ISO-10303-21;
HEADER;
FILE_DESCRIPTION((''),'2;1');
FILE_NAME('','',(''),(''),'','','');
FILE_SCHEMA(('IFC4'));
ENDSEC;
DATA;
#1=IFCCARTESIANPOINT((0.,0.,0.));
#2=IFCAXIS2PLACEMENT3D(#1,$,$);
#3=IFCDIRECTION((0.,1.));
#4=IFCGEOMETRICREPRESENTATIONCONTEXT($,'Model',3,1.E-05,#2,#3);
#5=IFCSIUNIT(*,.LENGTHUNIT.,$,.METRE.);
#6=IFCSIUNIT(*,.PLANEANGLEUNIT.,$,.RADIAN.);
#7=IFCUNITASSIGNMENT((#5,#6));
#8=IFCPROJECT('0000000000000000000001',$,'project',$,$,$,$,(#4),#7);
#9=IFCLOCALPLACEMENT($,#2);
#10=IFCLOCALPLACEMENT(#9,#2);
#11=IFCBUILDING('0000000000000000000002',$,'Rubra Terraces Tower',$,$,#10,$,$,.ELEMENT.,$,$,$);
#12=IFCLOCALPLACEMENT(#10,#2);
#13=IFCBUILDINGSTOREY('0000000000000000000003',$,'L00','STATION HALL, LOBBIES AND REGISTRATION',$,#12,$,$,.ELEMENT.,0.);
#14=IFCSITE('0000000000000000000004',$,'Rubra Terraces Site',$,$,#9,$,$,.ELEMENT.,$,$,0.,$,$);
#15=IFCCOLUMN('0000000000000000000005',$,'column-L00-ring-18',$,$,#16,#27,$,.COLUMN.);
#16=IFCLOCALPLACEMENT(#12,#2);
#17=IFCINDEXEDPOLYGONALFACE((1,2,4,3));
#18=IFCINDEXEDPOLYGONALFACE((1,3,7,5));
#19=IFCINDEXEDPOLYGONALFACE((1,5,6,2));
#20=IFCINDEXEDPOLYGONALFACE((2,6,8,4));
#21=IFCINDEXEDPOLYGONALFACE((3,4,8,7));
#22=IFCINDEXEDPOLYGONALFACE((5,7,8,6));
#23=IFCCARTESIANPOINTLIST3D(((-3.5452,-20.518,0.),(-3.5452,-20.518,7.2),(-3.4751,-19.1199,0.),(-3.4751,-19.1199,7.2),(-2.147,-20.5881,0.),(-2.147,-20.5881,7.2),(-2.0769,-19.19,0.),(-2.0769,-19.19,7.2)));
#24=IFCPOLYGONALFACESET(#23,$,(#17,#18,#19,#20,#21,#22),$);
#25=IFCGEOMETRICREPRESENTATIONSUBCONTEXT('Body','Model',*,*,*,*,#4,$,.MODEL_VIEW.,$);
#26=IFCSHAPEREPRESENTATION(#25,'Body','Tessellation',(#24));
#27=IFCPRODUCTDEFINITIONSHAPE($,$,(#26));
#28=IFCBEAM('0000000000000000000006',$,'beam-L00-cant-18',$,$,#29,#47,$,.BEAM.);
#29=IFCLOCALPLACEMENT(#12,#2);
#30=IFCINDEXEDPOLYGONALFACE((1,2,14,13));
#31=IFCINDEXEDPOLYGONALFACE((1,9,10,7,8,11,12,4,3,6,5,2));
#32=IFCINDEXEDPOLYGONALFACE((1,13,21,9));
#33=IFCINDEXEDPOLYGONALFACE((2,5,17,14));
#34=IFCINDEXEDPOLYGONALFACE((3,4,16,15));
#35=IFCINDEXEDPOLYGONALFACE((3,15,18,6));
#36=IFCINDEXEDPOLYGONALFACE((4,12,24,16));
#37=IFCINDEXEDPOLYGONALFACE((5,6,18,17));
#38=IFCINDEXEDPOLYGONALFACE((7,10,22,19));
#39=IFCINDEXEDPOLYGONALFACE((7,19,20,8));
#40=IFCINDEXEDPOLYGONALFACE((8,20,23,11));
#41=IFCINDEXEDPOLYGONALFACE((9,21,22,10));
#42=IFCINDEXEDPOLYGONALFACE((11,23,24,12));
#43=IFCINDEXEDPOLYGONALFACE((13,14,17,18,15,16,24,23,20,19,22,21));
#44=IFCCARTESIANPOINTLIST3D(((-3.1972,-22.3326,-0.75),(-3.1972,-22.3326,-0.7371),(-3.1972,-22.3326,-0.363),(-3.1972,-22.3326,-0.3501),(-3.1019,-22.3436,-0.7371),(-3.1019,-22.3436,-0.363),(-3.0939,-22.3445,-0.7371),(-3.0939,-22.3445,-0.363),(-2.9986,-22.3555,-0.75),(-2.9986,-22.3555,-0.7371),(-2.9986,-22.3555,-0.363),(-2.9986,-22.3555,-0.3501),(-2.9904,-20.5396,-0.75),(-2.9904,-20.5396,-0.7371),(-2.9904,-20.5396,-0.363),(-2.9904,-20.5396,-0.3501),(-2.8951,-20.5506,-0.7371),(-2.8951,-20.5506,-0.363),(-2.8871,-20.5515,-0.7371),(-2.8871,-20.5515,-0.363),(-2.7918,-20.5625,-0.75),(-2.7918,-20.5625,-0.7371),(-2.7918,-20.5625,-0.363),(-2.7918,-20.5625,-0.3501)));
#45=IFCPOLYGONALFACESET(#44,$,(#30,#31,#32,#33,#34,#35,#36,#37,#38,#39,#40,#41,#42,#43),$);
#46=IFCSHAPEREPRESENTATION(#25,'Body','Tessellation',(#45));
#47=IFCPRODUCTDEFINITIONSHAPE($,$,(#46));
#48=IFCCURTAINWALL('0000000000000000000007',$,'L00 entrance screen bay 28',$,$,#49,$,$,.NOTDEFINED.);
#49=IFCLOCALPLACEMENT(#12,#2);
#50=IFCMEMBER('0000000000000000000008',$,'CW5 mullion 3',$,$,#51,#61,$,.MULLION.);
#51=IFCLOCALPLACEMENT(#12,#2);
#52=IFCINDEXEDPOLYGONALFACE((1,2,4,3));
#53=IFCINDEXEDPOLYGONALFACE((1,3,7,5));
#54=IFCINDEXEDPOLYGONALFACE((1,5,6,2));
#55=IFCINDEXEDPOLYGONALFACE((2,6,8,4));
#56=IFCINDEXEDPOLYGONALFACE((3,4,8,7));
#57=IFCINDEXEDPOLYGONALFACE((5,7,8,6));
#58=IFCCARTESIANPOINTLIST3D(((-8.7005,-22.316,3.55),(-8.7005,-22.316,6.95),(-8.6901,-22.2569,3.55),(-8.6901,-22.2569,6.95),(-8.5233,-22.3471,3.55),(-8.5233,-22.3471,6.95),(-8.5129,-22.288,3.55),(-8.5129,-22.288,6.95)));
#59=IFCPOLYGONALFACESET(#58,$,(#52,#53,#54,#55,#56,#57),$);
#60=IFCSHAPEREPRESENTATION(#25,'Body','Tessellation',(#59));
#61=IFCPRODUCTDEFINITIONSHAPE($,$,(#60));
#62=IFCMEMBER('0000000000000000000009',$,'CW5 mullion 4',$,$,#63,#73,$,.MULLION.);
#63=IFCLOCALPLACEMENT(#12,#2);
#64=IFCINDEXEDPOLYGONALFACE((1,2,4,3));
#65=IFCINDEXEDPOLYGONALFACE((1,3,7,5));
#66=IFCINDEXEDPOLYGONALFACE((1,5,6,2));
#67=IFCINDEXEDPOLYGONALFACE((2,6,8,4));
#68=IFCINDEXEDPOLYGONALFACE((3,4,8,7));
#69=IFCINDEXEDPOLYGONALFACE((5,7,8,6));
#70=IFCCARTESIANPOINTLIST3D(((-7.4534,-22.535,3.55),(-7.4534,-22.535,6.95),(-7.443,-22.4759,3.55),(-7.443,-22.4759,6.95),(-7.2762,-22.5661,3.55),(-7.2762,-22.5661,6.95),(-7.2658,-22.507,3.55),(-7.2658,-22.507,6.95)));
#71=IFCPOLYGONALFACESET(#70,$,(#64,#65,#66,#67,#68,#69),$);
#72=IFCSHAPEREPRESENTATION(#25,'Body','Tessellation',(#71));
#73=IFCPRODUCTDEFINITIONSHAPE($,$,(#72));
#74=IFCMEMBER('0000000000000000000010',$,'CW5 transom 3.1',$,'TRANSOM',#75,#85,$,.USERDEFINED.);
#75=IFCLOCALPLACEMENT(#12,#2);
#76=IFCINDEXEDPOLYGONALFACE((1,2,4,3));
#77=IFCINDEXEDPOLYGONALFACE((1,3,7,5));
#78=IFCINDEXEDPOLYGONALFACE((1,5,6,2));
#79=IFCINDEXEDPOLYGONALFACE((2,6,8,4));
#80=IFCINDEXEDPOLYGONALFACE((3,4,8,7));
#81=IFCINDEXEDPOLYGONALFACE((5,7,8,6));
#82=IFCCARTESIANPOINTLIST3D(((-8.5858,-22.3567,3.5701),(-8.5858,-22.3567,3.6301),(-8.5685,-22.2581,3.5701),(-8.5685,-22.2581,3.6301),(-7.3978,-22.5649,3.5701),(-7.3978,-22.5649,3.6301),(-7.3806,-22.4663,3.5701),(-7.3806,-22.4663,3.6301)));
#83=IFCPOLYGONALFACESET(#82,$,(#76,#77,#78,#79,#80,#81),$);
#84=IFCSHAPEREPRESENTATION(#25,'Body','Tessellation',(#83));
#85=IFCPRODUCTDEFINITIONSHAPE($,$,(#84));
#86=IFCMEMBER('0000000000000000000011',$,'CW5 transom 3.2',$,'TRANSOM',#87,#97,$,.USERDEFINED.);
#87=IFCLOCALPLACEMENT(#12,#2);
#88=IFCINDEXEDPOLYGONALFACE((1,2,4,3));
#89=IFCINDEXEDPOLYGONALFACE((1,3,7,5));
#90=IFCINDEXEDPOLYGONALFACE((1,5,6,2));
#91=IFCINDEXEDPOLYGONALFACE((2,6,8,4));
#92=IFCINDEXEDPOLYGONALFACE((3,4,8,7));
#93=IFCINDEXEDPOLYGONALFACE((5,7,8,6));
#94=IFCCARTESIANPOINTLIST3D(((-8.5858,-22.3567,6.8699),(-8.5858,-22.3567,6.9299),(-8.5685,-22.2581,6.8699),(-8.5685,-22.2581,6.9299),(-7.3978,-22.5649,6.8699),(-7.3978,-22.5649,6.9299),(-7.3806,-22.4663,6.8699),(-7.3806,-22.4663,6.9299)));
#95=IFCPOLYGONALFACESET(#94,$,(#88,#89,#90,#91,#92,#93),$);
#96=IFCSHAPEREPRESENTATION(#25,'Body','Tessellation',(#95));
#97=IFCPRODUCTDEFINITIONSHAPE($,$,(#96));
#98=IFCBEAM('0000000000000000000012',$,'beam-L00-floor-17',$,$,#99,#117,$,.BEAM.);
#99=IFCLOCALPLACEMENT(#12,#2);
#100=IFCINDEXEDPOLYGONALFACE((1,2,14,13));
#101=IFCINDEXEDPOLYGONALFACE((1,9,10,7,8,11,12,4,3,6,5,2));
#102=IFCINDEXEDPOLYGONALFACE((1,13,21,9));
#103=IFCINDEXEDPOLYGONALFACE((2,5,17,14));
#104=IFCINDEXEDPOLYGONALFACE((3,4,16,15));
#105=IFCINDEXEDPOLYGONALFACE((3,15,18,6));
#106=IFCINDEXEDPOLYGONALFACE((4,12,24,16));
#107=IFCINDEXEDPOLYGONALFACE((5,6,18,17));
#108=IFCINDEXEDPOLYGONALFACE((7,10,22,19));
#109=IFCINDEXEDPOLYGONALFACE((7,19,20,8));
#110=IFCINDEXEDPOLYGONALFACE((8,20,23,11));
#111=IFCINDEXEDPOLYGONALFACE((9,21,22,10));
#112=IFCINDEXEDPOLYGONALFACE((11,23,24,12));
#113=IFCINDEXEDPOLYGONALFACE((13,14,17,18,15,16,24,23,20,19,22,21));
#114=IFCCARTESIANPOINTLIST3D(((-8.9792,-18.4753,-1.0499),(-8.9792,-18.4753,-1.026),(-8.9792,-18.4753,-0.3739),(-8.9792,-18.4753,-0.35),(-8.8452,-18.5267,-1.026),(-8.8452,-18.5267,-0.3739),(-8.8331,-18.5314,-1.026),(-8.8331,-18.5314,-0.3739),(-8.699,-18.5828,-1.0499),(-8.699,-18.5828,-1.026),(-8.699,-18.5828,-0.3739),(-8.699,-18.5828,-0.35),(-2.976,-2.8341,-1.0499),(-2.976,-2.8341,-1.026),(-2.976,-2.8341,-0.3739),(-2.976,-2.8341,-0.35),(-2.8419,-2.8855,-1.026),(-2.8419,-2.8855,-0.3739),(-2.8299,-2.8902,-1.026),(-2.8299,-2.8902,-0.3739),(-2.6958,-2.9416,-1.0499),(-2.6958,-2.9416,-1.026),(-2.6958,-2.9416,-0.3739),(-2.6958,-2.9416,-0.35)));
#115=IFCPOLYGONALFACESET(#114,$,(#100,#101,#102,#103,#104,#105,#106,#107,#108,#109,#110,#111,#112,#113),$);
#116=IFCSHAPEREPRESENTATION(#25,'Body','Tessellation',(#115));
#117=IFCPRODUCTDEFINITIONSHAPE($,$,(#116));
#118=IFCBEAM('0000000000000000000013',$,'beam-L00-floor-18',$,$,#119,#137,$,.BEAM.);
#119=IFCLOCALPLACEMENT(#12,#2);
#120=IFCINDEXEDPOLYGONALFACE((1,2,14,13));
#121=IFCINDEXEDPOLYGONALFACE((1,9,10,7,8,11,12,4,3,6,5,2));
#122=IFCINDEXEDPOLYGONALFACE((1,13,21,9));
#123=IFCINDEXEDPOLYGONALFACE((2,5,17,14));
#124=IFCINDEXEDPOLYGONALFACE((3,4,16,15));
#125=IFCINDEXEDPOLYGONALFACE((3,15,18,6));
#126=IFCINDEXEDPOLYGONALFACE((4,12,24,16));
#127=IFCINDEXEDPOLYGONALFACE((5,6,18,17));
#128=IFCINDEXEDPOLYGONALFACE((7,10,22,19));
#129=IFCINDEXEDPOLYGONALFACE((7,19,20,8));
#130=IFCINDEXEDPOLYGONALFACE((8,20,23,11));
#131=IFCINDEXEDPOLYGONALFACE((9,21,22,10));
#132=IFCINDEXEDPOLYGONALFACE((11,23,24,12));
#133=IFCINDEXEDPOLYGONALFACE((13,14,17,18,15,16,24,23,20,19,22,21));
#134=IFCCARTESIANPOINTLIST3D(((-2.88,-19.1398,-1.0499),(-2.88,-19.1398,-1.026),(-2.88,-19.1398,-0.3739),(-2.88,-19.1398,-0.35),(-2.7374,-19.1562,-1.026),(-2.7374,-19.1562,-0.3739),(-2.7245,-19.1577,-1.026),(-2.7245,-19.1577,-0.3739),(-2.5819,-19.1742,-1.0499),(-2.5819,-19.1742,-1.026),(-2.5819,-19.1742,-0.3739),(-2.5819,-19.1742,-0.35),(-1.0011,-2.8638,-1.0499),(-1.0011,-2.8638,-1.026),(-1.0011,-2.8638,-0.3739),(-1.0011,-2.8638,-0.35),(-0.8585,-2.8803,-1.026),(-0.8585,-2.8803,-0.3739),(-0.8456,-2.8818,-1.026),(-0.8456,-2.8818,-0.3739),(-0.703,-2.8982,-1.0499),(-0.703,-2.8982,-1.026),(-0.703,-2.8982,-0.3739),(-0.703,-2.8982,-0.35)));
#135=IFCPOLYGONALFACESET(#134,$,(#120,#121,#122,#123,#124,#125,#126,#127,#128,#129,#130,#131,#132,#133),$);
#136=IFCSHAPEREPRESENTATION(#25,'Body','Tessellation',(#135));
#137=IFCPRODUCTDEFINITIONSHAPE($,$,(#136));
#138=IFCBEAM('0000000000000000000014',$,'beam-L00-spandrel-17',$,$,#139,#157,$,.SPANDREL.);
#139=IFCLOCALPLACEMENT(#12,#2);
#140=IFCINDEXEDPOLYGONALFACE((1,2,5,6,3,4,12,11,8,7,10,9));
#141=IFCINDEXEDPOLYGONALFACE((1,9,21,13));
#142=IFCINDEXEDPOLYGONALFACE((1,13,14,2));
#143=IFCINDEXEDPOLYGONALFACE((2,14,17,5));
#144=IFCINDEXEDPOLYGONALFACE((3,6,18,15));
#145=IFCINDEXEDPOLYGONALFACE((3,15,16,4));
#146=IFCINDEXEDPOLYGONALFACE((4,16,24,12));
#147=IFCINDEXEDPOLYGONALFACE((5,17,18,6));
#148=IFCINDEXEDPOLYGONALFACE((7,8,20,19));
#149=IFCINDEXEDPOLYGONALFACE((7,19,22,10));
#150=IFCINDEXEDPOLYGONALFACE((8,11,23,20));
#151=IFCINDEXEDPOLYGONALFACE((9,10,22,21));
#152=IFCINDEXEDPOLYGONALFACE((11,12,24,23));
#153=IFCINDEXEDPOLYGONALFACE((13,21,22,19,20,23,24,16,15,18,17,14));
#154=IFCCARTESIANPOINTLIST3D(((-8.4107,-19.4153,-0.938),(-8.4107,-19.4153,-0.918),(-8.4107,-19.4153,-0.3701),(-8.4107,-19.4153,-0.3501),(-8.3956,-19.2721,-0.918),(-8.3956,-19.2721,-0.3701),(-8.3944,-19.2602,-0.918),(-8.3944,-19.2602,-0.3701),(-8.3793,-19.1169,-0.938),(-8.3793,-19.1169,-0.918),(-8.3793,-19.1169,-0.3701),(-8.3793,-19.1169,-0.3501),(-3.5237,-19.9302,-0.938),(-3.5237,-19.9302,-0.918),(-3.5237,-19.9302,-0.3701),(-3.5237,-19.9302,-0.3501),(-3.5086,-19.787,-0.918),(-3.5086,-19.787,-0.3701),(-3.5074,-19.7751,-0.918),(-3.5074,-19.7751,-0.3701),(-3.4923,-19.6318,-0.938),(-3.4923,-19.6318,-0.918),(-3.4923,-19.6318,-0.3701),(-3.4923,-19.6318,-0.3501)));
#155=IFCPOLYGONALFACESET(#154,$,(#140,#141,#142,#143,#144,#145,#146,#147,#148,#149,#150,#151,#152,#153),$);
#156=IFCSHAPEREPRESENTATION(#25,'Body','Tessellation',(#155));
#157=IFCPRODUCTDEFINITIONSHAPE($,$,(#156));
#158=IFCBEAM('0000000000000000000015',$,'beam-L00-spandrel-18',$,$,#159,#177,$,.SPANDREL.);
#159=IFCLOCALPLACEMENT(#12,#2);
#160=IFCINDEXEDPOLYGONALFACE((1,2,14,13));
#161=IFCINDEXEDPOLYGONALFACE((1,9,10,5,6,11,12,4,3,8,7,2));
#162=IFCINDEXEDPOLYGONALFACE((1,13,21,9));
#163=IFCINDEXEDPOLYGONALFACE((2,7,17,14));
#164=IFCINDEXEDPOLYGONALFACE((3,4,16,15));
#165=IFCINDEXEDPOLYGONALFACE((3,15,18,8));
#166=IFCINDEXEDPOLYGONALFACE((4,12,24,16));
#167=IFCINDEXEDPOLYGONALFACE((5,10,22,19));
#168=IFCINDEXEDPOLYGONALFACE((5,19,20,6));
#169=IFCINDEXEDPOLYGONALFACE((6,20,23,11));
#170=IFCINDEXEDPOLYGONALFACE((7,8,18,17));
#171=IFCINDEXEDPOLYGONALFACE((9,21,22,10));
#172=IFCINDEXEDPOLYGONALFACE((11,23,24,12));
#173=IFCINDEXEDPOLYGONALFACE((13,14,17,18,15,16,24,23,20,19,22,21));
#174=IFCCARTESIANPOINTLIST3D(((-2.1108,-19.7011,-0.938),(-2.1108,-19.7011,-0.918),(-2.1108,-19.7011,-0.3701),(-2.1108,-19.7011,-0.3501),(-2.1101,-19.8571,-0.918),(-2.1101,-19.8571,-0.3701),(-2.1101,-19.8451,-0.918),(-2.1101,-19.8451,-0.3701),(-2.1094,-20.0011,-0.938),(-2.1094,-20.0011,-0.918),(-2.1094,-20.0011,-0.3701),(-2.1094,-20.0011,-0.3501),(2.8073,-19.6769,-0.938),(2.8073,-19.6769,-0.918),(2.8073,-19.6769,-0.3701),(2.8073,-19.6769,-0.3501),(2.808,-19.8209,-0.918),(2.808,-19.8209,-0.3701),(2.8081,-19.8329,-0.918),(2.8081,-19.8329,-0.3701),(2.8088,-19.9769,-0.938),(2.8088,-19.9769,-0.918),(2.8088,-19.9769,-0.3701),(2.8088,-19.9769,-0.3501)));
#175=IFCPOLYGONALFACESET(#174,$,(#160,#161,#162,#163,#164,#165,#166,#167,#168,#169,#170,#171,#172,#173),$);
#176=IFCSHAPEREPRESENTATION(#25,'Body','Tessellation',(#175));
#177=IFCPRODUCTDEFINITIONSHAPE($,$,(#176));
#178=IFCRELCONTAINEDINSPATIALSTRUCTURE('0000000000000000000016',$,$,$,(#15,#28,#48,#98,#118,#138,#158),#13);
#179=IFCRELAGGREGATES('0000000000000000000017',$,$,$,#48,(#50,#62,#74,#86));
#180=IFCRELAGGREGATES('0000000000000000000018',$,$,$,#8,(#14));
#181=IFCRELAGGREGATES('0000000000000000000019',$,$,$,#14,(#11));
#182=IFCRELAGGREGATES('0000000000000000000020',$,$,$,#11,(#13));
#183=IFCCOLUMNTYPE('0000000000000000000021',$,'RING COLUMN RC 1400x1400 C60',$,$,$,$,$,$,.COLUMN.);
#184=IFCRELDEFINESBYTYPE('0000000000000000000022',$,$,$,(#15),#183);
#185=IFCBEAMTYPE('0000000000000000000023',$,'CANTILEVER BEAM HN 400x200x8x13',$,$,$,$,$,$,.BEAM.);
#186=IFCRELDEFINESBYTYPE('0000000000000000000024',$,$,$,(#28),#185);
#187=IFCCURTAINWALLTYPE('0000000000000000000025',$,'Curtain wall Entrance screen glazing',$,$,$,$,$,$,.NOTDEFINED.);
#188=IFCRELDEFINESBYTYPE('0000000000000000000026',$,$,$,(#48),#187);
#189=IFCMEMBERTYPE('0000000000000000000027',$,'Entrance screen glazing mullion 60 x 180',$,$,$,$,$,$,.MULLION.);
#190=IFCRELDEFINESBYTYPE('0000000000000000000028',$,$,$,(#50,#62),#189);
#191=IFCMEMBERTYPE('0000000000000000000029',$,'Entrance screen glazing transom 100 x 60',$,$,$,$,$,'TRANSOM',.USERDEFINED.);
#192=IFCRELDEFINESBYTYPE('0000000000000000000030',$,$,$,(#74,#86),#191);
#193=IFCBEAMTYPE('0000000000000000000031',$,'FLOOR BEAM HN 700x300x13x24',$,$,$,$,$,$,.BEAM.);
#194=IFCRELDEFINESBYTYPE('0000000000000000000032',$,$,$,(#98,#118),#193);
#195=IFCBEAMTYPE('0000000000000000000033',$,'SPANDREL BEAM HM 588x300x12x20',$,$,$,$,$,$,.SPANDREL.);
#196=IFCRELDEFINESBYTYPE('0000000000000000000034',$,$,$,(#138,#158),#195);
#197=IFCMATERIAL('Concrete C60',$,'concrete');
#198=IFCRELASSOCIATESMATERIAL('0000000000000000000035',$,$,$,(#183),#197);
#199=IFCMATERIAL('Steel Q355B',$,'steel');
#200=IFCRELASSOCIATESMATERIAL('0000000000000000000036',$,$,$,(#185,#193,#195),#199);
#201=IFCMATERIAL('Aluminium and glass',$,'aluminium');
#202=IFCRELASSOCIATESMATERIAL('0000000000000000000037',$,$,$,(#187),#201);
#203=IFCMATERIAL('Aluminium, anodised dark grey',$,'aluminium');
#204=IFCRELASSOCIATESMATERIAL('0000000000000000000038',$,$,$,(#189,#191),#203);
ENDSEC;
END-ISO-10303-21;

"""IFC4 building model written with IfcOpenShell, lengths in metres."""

from ifc_helpers import new_model, si_unit, direction, frame, origin, origin_2d, place, context, subcontext, project, spatial, rectangle, i_section, extrude, material, material_profile, profile_set, type_object, element, aggregate, save


model = new_model("IFC4")

# Units and contexts
model_context = context("Model", 3, precision=1e-05, world=origin(), true_north=direction((0.0, 1.0)))
body_context = subcontext(model_context, "Body", "Model", "MODEL_VIEW")
ifc_project = project(units=[si_unit("LENGTHUNIT", "METRE"), si_unit("PLANEANGLEUNIT", "RADIAN")], contexts=[model_context])

# Site, building, storey
site_placement = place(None, origin())
site = spatial("IfcSite", under=ifc_project, at=site_placement, Name="Rubra Terraces Site", CompositionType="ELEMENT", RefElevation=0.0)
building_placement = place(site_placement, origin())
building = spatial("IfcBuilding", under=site, at=building_placement, Name="Rubra Terraces Tower", CompositionType="ELEMENT")
storey_placement = place(building_placement, origin())
storey = spatial("IfcBuildingStorey", under=building, at=storey_placement, Name="L00", Description="STATION HALL, LOBBIES AND REGISTRATION", CompositionType="ELEMENT", Elevation=0.0)

# Column
ifc_material_1 = material(Name="Concrete C60", Category="concrete")
ifc_material_profile_1 = material_profile(ifc_material_1, rectangle(XDim=1.3999, YDim=1.3999, at=origin_2d()), Name="RC 1400x1400")
ifc_profile_set_1 = profile_set([ifc_material_profile_1], Name="Concrete C60")
column_type = type_object("IfcColumnType", Name="RING COLUMN RC 1400x1400 C60", PredefinedType="COLUMN", material=ifc_profile_set_1)
column_placement = place(storey_placement, frame((-2.811, -19.854, 0.0), z_axis=(0.0, 0.0, 1.0), x_axis=(0.998745, -0.050084, 0.0)))
element("IfcColumn", 1, at=column_placement, inside=storey, type_object=column_type, Name="column-L00-ring-18", PredefinedType="COLUMN", context=body_context, shape_type="SweptSolid", body=[
    extrude(rectangle(XDim=1.3999, YDim=1.3999, at=origin_2d()), origin(), (0.0, 0.0, 1.0), 7.2),
])

# Beam
ifc_material_2 = material(Name="Steel Q355B", Category="steel")
ifc_material_profile_2 = material_profile(ifc_material_2, i_section(OverallWidth=0.2, OverallDepth=0.3999, WebThickness=0.0081, FlangeThickness=0.0129, at=origin_2d()), Name="HN 400x200x8x13")
ifc_profile_set_2 = profile_set([ifc_material_profile_2], Name="Steel Q355B")
beam_type_1 = type_object("IfcBeamType", Name="CANTILEVER BEAM HN 400x200x8x13", PredefinedType="BEAM", material=ifc_profile_set_2)
beam_1_placement = place(storey_placement, frame((-2.8911, -20.551, -0.55), z_axis=(-0.114573, -0.993415, 0.0), x_axis=(0.993415, -0.114573, 0.0)))
element("IfcBeam", 2, at=beam_1_placement, inside=storey, type_object=beam_type_1, Name="beam-L00-cant-18", PredefinedType="BEAM", context=body_context, shape_type="SweptSolid", body=[
    extrude(i_section(OverallWidth=0.2, OverallDepth=0.3999, WebThickness=0.0081, FlangeThickness=0.0129, at=origin_2d()), origin(), (0.0, 0.0, 1.0), 1.8049),
])

# Curtain wall, members
ifc_material_3 = material(Name="Aluminium and glass", Category="aluminium")
curtain_wall_type = type_object("IfcCurtainWallType", Name="Curtain wall Entrance screen glazing", PredefinedType="NOTDEFINED", material=ifc_material_3)
curtain_wall_placement = place(storey_placement, origin())
curtain_wall = element("IfcCurtainWall", 3, at=curtain_wall_placement, inside=storey, type_object=curtain_wall_type, Name="L00 entrance screen bay 28", PredefinedType="NOTDEFINED")
ifc_material_4 = material(Name="Aluminium, anodised dark grey", Category="aluminium")
ifc_material_profile_3 = material_profile(ifc_material_4, rectangle(XDim=0.0601, YDim=0.1799, at=origin_2d()), Name="AL 60x180")
ifc_profile_set_3 = profile_set([ifc_material_profile_3], Name="Aluminium, anodised dark grey")
member_type_1 = type_object("IfcMemberType", Name="Entrance screen glazing mullion 60 x 180", PredefinedType="MULLION", material=ifc_profile_set_3)
member_1_placement = place(storey_placement, frame((-8.6067, -22.302, 3.55), z_axis=(0.0, 0.0, 1.0), x_axis=(0.172817, 0.984954, 0.0)))
member_1 = element("IfcMember", 4, at=member_1_placement, type_object=member_type_1, Name="CW5 mullion 3", PredefinedType="MULLION", context=body_context, shape_type="SweptSolid", body=[
    extrude(rectangle(XDim=0.0601, YDim=0.1799, at=origin_2d()), origin(), (0.0, 0.0, 1.0), 3.3999),
])
member_2_placement = place(storey_placement, frame((-7.3596, -22.521, 3.55), z_axis=(0.0, 0.0, 1.0), x_axis=(0.172817, 0.984954, 0.0)))
member_2 = element("IfcMember", 5, at=member_2_placement, type_object=member_type_1, Name="CW5 mullion 4", PredefinedType="MULLION", context=body_context, shape_type="SweptSolid", body=[
    extrude(rectangle(XDim=0.0601, YDim=0.1799, at=origin_2d()), origin(), (0.0, 0.0, 1.0), 3.3999),
])
ifc_material_profile_4 = material_profile(ifc_material_4, rectangle(XDim=0.1001, YDim=0.0601, at=origin_2d()), Name="AL 100x60")
ifc_profile_set_4 = profile_set([ifc_material_profile_4], Name="Aluminium, anodised dark grey")
member_type_2 = type_object("IfcMemberType", Name="Entrance screen glazing transom 100 x 60", ElementType="TRANSOM", PredefinedType="USERDEFINED", material=ifc_profile_set_4)
member_3_placement = place(storey_placement, frame((-8.5771, -22.3074, 3.6001), z_axis=(0.984981, -0.172665, 0.0), x_axis=(0.172665, 0.984981, 0.0)))
member_3 = element("IfcMember", 6, at=member_3_placement, type_object=member_type_2, Name="CW5 transom 3.1", ObjectType="TRANSOM", PredefinedType="USERDEFINED", context=body_context, shape_type="SweptSolid", body=[
    extrude(rectangle(XDim=0.1001, YDim=0.0601, at=origin_2d()), origin(), (0.0, 0.0, 1.0), 1.2061),
])
member_4_placement = place(storey_placement, frame((-8.5771, -22.3074, 6.8999), z_axis=(0.984981, -0.172665, 0.0), x_axis=(0.172665, 0.984981, 0.0)))
member_4 = element("IfcMember", 7, at=member_4_placement, type_object=member_type_2, Name="CW5 transom 3.2", ObjectType="TRANSOM", PredefinedType="USERDEFINED", context=body_context, shape_type="SweptSolid", body=[
    extrude(rectangle(XDim=0.1001, YDim=0.0601, at=origin_2d()), origin(), (0.0, 0.0, 1.0), 1.2061),
])

# Beams
ifc_material_profile_5 = material_profile(ifc_material_2, i_section(OverallWidth=0.3, OverallDepth=0.7, WebThickness=0.0129, FlangeThickness=0.0239, at=origin_2d()), Name="HN 700x300x13x24")
ifc_profile_set_5 = profile_set([ifc_material_profile_5], Name="Steel Q355B")
beam_type_2 = type_object("IfcBeamType", Name="FLOOR BEAM HN 700x300x13x24", PredefinedType="BEAM", material=ifc_profile_set_5)
beam_2_placement = place(storey_placement, frame((-8.8391, -18.5291, -0.7), z_axis=(0.358322, 0.933598, 0.0), x_axis=(-0.933598, 0.358322, 0.0)))
element("IfcBeam", 8, at=beam_2_placement, inside=storey, type_object=beam_type_2, Name="beam-L00-floor-17", PredefinedType="BEAM", context=body_context, shape_type="SweptSolid", body=[
    extrude(i_section(OverallWidth=0.3, OverallDepth=0.7, WebThickness=0.0129, FlangeThickness=0.0239, at=origin_2d()), origin(), (0.0, 0.0, 1.0), 16.7537),
])
beam_3_placement = place(storey_placement, frame((-2.731, -19.157, -0.7), z_axis=(0.11468, 0.993403, 0.0), x_axis=(-0.993403, 0.11468, 0.0)))
element("IfcBeam", 9, at=beam_3_placement, inside=storey, type_object=beam_type_2, Name="beam-L00-floor-18", PredefinedType="BEAM", context=body_context, shape_type="SweptSolid", body=[
    extrude(i_section(OverallWidth=0.3, OverallDepth=0.7, WebThickness=0.0129, FlangeThickness=0.0239, at=origin_2d()), origin(), (0.0, 0.0, 1.0), 16.384),
])
ifc_material_profile_6 = material_profile(ifc_material_2, i_section(OverallWidth=0.3, OverallDepth=0.5879, WebThickness=0.012, FlangeThickness=0.02, at=origin_2d()), Name="HM 588x300x12x20")
ifc_profile_set_6 = profile_set([ifc_material_profile_6], Name="Steel Q355B")
beam_type_3 = type_object("IfcBeamType", Name="SPANDREL BEAM HM 588x300x12x20", PredefinedType="SPANDREL", material=ifc_profile_set_6)
beam_4_placement = place(storey_placement, frame((-8.395, -19.2661, -0.644), z_axis=(0.994495, -0.10478, 0.0), x_axis=(0.10478, 0.994495, 0.0)))
element("IfcBeam", 10, at=beam_4_placement, inside=storey, type_object=beam_type_3, Name="beam-L00-spandrel-17", PredefinedType="SPANDREL", context=body_context, shape_type="SweptSolid", body=[
    extrude(i_section(OverallWidth=0.3, OverallDepth=0.5879, WebThickness=0.012, FlangeThickness=0.02, at=origin_2d()), origin(), (0.0, 0.0, 1.0), 4.9141),
])
beam_5_placement = place(storey_placement, frame((-2.1101, -19.8511, -0.644), z_axis=(0.999988, 0.004914, 0.0), x_axis=(-0.004914, 0.999988, 0.0)))
element("IfcBeam", 11, at=beam_5_placement, inside=storey, type_object=beam_type_3, Name="beam-L00-spandrel-18", PredefinedType="SPANDREL", context=body_context, shape_type="SweptSolid", body=[
    extrude(i_section(OverallWidth=0.3, OverallDepth=0.5879, WebThickness=0.012, FlangeThickness=0.02, at=origin_2d()), origin(), (0.0, 0.0, 1.0), 4.9182),
])

aggregate(curtain_wall, [member_1, member_2, member_3, member_4])

save(model, "model.ifc")
